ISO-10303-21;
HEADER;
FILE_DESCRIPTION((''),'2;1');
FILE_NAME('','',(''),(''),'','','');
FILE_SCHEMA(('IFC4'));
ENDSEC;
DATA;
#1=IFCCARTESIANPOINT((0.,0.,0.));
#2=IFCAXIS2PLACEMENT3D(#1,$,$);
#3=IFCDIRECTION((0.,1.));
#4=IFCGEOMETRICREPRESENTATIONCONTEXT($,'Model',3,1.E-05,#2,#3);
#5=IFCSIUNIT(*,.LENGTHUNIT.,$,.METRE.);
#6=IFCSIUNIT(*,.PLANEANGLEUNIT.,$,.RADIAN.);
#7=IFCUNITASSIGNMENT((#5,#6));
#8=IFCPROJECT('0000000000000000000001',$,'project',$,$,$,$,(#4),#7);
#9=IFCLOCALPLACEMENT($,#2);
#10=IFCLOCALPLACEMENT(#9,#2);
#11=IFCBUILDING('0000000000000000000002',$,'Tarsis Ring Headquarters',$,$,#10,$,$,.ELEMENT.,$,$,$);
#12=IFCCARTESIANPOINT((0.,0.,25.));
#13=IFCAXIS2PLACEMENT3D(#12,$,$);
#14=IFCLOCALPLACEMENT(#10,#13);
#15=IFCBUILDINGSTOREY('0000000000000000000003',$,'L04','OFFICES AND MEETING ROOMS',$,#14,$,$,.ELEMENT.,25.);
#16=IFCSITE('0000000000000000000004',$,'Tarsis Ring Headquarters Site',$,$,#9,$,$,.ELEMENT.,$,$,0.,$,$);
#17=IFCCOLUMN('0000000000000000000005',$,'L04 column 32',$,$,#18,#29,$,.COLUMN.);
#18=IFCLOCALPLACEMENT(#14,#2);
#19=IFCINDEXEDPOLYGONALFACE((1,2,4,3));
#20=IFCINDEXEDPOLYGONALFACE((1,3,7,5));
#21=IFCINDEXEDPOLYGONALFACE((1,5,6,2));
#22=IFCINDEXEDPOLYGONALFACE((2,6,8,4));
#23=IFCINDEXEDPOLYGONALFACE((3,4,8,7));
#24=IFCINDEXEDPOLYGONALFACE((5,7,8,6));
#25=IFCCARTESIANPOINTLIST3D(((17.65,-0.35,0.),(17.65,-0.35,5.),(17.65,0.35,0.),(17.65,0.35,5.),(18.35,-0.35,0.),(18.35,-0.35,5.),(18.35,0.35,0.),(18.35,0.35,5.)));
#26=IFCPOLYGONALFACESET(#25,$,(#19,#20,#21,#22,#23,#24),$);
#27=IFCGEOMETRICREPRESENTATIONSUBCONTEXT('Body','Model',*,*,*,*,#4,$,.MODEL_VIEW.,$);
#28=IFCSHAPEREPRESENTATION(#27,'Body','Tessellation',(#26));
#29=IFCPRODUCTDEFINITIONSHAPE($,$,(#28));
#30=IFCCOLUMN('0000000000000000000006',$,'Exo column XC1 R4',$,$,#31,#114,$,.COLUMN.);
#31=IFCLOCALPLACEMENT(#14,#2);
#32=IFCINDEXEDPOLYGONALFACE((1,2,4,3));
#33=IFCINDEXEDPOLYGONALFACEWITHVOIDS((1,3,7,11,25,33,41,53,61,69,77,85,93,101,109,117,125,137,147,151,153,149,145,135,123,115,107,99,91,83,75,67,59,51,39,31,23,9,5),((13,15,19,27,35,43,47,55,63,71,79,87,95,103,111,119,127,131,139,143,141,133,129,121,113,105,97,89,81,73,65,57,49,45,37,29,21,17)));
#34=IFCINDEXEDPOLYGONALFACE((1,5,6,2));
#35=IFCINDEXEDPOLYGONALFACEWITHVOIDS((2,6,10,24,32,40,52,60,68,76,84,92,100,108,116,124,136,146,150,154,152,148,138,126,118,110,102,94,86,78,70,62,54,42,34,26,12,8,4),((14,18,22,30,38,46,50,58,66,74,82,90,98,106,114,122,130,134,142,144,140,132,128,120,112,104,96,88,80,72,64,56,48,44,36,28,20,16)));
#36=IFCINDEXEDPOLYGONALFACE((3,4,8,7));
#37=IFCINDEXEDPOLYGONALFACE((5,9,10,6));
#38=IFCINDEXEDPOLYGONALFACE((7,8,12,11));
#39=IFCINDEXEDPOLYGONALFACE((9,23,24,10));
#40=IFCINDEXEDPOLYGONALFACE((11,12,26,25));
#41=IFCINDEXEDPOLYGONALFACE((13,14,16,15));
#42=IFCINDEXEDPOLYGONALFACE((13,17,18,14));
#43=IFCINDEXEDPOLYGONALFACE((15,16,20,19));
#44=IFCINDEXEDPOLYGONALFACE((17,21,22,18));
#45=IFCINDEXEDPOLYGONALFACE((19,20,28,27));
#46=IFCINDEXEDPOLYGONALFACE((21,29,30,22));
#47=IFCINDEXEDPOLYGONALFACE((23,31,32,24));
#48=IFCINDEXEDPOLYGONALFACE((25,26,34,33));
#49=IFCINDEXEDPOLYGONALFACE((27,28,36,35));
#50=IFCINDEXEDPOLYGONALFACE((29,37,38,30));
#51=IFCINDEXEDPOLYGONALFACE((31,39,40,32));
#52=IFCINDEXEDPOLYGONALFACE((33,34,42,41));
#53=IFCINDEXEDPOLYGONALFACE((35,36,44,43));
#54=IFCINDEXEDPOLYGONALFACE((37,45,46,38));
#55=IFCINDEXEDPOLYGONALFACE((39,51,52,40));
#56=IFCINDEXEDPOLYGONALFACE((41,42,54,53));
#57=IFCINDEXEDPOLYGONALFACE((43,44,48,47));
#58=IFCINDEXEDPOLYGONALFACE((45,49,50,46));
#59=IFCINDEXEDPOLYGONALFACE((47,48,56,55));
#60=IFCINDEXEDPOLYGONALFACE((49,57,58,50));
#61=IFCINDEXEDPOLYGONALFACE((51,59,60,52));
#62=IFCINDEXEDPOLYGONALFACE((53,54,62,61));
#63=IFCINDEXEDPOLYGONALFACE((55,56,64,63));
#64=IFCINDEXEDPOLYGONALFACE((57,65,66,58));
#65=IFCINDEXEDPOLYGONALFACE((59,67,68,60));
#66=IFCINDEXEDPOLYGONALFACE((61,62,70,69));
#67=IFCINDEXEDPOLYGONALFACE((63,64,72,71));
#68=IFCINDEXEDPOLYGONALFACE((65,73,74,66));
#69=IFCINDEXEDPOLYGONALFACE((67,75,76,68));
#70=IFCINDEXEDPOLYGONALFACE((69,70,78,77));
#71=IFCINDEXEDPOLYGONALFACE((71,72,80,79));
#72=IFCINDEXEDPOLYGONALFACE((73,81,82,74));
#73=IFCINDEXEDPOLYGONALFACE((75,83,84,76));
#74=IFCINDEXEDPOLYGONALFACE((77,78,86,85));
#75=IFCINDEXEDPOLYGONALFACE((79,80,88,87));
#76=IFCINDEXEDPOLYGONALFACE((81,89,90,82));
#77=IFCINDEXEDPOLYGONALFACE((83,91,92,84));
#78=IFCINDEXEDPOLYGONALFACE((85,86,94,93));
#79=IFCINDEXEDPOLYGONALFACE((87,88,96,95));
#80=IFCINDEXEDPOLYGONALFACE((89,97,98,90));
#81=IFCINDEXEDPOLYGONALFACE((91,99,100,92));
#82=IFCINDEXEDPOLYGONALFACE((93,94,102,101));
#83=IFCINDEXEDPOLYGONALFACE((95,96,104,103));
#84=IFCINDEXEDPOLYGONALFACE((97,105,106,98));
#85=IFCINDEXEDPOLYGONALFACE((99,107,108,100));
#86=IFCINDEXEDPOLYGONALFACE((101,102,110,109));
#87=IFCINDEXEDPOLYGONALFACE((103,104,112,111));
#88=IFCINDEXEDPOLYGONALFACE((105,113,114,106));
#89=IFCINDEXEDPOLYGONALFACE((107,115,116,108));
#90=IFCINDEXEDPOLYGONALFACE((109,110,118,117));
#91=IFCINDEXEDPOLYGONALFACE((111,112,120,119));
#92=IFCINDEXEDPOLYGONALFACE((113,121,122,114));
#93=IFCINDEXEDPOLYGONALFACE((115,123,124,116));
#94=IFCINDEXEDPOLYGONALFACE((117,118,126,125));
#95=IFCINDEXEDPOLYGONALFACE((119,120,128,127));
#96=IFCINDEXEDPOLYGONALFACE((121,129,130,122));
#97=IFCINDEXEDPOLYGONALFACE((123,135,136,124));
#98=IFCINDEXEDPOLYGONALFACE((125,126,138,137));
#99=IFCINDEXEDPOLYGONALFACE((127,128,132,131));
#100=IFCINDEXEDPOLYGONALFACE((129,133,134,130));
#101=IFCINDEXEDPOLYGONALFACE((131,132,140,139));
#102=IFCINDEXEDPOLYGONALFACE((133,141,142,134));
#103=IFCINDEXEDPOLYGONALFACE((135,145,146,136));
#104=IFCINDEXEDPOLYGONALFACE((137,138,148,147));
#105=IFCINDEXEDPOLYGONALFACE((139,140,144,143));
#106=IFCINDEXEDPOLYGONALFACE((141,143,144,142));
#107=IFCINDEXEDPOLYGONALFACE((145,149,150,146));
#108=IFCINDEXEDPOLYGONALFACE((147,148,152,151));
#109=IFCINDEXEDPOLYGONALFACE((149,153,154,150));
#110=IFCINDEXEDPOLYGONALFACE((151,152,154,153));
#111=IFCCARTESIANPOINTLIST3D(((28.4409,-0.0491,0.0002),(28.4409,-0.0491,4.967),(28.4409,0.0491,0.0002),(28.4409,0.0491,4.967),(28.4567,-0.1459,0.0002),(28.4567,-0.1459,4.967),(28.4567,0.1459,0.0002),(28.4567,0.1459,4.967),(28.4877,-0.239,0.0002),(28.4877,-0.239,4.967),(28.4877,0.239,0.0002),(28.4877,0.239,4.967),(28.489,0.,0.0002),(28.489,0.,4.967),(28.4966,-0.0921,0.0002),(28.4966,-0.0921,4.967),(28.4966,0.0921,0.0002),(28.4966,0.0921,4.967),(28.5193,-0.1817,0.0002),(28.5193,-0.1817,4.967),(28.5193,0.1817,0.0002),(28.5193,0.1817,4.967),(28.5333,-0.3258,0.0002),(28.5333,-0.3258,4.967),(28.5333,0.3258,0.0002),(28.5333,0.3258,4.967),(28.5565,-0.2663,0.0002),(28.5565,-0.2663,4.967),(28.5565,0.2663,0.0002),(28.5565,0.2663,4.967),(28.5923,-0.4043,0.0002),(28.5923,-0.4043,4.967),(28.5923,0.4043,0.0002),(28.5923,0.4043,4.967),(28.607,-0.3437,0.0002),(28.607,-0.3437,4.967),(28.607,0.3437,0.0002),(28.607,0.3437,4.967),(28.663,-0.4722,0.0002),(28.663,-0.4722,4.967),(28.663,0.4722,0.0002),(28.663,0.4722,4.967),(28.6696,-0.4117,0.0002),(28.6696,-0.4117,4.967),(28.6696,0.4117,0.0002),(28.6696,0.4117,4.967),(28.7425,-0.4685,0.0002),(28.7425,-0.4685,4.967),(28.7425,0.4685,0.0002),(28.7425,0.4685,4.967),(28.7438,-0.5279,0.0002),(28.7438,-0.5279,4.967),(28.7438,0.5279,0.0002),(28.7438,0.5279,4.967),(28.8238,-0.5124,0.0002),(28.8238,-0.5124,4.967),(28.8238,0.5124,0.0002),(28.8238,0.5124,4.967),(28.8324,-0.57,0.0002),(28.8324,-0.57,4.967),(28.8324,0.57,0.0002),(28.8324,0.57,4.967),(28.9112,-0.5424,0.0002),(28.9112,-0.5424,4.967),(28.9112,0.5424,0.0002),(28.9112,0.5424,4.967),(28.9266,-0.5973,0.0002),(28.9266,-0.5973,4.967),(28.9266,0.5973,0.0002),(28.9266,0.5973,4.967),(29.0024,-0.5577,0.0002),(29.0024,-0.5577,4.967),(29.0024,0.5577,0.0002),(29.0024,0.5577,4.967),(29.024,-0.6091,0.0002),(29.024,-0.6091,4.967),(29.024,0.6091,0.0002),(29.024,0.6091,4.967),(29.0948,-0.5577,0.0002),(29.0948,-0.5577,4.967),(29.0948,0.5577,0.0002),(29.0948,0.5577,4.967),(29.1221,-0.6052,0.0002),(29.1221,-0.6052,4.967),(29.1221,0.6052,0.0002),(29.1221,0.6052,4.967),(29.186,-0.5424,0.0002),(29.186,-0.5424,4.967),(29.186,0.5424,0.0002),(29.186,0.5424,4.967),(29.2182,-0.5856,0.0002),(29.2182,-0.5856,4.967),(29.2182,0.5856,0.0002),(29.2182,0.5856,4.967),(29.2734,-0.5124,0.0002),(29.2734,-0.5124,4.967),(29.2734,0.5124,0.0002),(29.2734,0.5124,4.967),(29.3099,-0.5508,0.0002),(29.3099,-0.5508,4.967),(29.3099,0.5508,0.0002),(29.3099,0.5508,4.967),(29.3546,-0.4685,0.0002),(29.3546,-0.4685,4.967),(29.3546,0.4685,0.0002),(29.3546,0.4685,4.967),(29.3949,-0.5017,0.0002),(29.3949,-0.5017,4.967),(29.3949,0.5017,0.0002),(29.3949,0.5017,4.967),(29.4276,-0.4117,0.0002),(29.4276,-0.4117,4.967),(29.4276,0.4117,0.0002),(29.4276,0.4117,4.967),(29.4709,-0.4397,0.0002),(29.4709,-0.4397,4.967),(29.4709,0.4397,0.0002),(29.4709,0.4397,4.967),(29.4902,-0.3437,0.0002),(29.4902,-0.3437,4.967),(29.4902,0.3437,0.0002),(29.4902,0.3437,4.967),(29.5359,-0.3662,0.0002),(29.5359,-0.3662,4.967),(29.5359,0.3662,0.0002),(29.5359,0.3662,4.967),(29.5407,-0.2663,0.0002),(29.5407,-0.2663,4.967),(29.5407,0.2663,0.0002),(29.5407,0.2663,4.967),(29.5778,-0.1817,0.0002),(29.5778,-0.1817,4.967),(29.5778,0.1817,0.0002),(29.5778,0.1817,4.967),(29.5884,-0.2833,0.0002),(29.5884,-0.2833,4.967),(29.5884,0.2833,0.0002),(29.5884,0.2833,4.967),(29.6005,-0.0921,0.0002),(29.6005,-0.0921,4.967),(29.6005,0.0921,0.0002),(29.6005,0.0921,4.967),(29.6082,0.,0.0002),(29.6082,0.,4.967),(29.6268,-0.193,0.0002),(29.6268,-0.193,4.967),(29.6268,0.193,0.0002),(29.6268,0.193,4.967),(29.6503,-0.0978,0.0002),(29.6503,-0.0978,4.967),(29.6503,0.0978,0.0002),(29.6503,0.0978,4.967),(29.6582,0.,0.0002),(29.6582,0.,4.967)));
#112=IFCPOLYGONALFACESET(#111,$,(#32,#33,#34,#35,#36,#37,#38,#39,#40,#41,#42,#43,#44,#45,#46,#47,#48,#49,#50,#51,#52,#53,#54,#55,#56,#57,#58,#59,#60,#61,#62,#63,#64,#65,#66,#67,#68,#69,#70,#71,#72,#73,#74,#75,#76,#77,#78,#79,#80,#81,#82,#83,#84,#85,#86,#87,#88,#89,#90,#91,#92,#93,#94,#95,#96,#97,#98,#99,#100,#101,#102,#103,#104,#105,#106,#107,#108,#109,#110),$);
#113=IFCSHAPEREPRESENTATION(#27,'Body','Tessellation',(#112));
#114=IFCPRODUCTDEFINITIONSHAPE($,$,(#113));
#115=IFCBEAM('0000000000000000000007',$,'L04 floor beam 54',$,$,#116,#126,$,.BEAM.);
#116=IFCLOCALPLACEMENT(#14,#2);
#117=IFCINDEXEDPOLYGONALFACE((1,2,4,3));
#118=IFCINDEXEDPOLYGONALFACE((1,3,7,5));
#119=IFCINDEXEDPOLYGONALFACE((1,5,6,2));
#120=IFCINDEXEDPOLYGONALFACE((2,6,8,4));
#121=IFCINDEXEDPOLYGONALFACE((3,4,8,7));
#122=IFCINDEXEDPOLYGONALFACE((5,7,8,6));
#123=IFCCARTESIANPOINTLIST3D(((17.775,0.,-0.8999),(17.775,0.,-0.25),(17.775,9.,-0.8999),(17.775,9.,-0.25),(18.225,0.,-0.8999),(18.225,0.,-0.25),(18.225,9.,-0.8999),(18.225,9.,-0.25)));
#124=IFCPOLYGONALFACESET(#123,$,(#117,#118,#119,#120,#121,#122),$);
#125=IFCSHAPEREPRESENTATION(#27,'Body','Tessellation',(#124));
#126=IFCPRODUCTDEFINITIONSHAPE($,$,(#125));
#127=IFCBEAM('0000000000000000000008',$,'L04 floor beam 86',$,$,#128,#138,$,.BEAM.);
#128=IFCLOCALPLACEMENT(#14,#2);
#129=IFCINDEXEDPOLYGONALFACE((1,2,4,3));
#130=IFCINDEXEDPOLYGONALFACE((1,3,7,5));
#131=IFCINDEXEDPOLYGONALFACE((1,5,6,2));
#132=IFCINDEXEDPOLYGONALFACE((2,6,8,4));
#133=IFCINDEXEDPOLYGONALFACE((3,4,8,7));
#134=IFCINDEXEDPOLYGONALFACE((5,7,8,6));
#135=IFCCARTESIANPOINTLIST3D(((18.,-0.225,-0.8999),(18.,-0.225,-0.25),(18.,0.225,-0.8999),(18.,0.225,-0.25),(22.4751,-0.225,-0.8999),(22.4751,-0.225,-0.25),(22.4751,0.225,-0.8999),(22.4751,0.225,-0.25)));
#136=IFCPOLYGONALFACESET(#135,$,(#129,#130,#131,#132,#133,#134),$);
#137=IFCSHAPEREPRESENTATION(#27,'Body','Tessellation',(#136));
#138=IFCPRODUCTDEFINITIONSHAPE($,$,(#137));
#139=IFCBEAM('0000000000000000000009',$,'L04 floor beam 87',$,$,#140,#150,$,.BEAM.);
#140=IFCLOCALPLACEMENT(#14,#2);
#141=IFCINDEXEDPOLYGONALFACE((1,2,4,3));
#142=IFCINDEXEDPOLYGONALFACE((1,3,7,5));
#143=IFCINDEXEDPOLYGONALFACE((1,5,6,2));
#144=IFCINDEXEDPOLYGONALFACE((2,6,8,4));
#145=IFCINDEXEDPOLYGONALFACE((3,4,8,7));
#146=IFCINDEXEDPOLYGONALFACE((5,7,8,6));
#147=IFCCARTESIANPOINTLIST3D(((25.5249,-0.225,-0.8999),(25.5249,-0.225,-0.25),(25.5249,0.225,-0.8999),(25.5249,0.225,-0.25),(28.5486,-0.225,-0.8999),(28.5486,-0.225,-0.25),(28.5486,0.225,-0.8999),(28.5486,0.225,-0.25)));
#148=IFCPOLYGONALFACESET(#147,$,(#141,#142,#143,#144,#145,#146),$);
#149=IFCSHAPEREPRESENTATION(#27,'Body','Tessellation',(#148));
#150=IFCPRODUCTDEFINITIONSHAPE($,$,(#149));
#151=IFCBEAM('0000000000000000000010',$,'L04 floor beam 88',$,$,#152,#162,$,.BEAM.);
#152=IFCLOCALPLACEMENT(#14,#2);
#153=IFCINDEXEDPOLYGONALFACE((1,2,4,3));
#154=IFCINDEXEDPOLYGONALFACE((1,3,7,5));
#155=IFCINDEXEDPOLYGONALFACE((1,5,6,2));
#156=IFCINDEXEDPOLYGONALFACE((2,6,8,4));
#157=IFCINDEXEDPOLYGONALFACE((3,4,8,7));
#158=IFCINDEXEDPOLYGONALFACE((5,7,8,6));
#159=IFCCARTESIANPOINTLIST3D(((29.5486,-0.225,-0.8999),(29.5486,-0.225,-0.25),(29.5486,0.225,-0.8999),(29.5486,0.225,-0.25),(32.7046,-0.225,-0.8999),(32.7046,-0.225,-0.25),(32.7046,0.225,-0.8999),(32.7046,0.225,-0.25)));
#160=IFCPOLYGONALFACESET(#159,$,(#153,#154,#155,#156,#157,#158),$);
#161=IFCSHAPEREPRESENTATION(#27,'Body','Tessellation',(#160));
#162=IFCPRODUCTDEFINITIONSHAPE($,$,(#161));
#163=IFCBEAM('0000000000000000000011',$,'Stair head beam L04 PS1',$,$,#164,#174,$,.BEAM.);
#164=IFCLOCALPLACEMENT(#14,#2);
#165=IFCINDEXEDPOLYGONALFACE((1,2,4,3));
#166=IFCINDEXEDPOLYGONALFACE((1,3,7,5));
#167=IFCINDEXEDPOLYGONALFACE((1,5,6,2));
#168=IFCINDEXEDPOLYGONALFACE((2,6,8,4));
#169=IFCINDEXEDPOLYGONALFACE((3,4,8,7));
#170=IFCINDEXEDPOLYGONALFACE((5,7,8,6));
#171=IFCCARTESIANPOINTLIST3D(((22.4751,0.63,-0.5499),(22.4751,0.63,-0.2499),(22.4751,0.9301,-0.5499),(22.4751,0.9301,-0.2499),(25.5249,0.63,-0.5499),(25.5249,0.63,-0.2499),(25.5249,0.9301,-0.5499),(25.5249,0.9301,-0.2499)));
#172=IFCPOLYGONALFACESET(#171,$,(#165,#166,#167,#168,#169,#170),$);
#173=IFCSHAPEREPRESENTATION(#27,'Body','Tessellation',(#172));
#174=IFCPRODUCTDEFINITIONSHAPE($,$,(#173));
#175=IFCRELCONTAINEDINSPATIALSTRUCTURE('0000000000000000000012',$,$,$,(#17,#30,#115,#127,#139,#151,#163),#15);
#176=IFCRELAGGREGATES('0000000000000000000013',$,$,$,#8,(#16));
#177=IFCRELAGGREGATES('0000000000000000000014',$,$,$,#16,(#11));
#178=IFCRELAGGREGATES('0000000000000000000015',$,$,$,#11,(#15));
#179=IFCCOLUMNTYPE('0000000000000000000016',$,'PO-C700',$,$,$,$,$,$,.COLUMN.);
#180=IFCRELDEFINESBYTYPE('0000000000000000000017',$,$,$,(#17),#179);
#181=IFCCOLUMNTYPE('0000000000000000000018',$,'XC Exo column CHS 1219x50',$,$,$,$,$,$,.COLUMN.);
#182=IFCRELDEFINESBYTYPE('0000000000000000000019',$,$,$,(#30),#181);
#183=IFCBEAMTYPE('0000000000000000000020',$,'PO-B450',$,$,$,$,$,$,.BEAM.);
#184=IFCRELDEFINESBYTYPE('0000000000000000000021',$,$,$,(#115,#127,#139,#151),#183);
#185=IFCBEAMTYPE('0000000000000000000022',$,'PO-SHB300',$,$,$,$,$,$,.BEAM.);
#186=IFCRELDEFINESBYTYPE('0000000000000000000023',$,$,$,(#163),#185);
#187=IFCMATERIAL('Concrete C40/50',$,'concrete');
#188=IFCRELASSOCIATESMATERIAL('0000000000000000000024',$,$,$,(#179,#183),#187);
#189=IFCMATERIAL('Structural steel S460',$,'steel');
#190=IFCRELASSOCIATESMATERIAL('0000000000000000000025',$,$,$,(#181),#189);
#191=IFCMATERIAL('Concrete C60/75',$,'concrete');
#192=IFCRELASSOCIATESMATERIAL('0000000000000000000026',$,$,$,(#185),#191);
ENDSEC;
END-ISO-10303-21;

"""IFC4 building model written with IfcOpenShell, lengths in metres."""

from ifc_helpers import new_model, si_unit, direction, frame, origin, origin_2d, place, context, subcontext, project, spatial, rectangle, hollow_circle, extrude, material, material_profile, profile_set, type_object, element, save


model = new_model("IFC4")

# Units and contexts
model_context = context("Model", 3, precision=1e-05, world=origin(), true_north=direction((0.0, 1.0)))
body_context = subcontext(model_context, "Body", "Model", "MODEL_VIEW")
ifc_project = project(units=[si_unit("LENGTHUNIT", "METRE"), si_unit("PLANEANGLEUNIT", "RADIAN")], contexts=[model_context])

# Site, building, storey
site_placement = place(None, origin())
site = spatial("IfcSite", under=ifc_project, at=site_placement, Name="Tarsis Ring Headquarters Site", CompositionType="ELEMENT", RefElevation=0.0)
building_placement = place(site_placement, origin())
building = spatial("IfcBuilding", under=site, at=building_placement, Name="Tarsis Ring Headquarters", CompositionType="ELEMENT")
storey_placement = place(building_placement, frame((0.0, 0.0, 25.0)))
storey = spatial("IfcBuildingStorey", under=building, at=storey_placement, Name="L04", Description="OFFICES AND MEETING ROOMS", CompositionType="ELEMENT", Elevation=25.0)

# Columns
ifc_material_1 = material(Name="Concrete C40/50", Category="concrete")
ifc_material_profile_1 = material_profile(ifc_material_1, rectangle(XDim=0.7, YDim=0.7, at=origin_2d()), Name="PO-C700")
ifc_profile_set_1 = profile_set([ifc_material_profile_1], Name="Concrete C40/50")
column_type_1 = type_object("IfcColumnType", Name="PO-C700", PredefinedType="COLUMN", material=ifc_profile_set_1)
column_1_placement = place(storey_placement, frame((18.0, 0.0, 0.0), z_axis=(0.0, 0.0, 1.0), x_axis=(1.0, 0.0, 0.0)))
element("IfcColumn", 1, at=column_1_placement, inside=storey, type_object=column_type_1, Name="L04 column 32", PredefinedType="COLUMN", context=body_context, shape_type="SweptSolid", body=[
    extrude(rectangle(XDim=0.7, YDim=0.7, at=origin_2d()), origin(), (0.0, 0.0, 1.0), 5.0),
])
ifc_material_2 = material(Name="Structural steel S460", Category="steel")
ifc_material_profile_2 = material_profile(ifc_material_2, hollow_circle(Radius=0.6096, WallThickness=0.05, at=origin_2d()), Name="CHS 1219x50")
ifc_profile_set_2 = profile_set([ifc_material_profile_2], Name="Structural steel S460")
column_type_2 = type_object("IfcColumnType", Name="XC Exo column CHS 1219x50", PredefinedType="COLUMN", material=ifc_profile_set_2)
column_2_placement = place(storey_placement, frame((29.0486, 0.0, 0.0002), z_axis=(0.0, 0.0, 1.0), x_axis=(1.0, 0.0, 0.0)))
element("IfcColumn", 2, at=column_2_placement, inside=storey, type_object=column_type_2, Name="Exo column XC1 R4", PredefinedType="COLUMN", context=body_context, shape_type="SweptSolid", body=[
    extrude(hollow_circle(Radius=0.6096, WallThickness=0.05, at=origin_2d()), origin(), (0.0, 0.0, 1.0), 4.9668),
])

# Beams
ifc_material_profile_3 = material_profile(ifc_material_1, rectangle(XDim=0.45, YDim=0.6499, at=origin_2d()), Name="PO-B450")
ifc_profile_set_3 = profile_set([ifc_material_profile_3], Name="Concrete C40/50")
beam_type_1 = type_object("IfcBeamType", Name="PO-B450", PredefinedType="BEAM", material=ifc_profile_set_3)
beam_1_placement = place(storey_placement, frame((18.0, 0.0, -0.575), z_axis=(0.0, 1.0, 0.0), x_axis=(-1.0, 0.0, 0.0)))
element("IfcBeam", 3, at=beam_1_placement, inside=storey, type_object=beam_type_1, Name="L04 floor beam 54", PredefinedType="BEAM", context=body_context, shape_type="SweptSolid", body=[
    extrude(rectangle(XDim=0.45, YDim=0.6499, at=origin_2d()), origin(), (0.0, 0.0, 1.0), 9.0),
])
beam_2_placement = place(storey_placement, frame((18.0, 0.0, -0.575), z_axis=(1.0, 0.0, 0.0), x_axis=(0.0, 1.0, 0.0)))
element("IfcBeam", 4, at=beam_2_placement, inside=storey, type_object=beam_type_1, Name="L04 floor beam 86", PredefinedType="BEAM", context=body_context, shape_type="SweptSolid", body=[
    extrude(rectangle(XDim=0.45, YDim=0.6499, at=origin_2d()), origin(), (0.0, 0.0, 1.0), 4.4751),
])
beam_3_placement = place(storey_placement, frame((25.5249, 0.0, -0.575), z_axis=(1.0, 0.0, 0.0), x_axis=(0.0, 1.0, 0.0)))
element("IfcBeam", 5, at=beam_3_placement, inside=storey, type_object=beam_type_1, Name="L04 floor beam 87", PredefinedType="BEAM", context=body_context, shape_type="SweptSolid", body=[
    extrude(rectangle(XDim=0.45, YDim=0.6499, at=origin_2d()), origin(), (0.0, 0.0, 1.0), 3.0237),
])
beam_4_placement = place(storey_placement, frame((29.5486, 0.0, -0.575), z_axis=(1.0, 0.0, 0.0), x_axis=(0.0, 1.0, 0.0)))
element("IfcBeam", 6, at=beam_4_placement, inside=storey, type_object=beam_type_1, Name="L04 floor beam 88", PredefinedType="BEAM", context=body_context, shape_type="SweptSolid", body=[
    extrude(rectangle(XDim=0.45, YDim=0.6499, at=origin_2d()), origin(), (0.0, 0.0, 1.0), 3.156),
])
ifc_material_3 = material(Name="Concrete C60/75", Category="concrete")
ifc_material_profile_4 = material_profile(ifc_material_3, rectangle(XDim=0.3, YDim=0.3, at=origin_2d()), Name="PO-SHB300")
ifc_profile_set_4 = profile_set([ifc_material_profile_4], Name="Concrete C60/75")
beam_type_2 = type_object("IfcBeamType", Name="PO-SHB300", PredefinedType="BEAM", material=ifc_profile_set_4)
beam_5_placement = place(storey_placement, frame((25.5249, 0.78, -0.3999), z_axis=(-1.0, 0.0, 0.0), x_axis=(0.0, -1.0, 0.0)))
element("IfcBeam", 7, at=beam_5_placement, inside=storey, type_object=beam_type_2, Name="Stair head beam L04 PS1", PredefinedType="BEAM", context=body_context, shape_type="SweptSolid", body=[
    extrude(rectangle(XDim=0.3, YDim=0.3, at=origin_2d()), origin(), (0.0, 0.0, 1.0), 3.0498),
])

save(model, "model.ifc")
